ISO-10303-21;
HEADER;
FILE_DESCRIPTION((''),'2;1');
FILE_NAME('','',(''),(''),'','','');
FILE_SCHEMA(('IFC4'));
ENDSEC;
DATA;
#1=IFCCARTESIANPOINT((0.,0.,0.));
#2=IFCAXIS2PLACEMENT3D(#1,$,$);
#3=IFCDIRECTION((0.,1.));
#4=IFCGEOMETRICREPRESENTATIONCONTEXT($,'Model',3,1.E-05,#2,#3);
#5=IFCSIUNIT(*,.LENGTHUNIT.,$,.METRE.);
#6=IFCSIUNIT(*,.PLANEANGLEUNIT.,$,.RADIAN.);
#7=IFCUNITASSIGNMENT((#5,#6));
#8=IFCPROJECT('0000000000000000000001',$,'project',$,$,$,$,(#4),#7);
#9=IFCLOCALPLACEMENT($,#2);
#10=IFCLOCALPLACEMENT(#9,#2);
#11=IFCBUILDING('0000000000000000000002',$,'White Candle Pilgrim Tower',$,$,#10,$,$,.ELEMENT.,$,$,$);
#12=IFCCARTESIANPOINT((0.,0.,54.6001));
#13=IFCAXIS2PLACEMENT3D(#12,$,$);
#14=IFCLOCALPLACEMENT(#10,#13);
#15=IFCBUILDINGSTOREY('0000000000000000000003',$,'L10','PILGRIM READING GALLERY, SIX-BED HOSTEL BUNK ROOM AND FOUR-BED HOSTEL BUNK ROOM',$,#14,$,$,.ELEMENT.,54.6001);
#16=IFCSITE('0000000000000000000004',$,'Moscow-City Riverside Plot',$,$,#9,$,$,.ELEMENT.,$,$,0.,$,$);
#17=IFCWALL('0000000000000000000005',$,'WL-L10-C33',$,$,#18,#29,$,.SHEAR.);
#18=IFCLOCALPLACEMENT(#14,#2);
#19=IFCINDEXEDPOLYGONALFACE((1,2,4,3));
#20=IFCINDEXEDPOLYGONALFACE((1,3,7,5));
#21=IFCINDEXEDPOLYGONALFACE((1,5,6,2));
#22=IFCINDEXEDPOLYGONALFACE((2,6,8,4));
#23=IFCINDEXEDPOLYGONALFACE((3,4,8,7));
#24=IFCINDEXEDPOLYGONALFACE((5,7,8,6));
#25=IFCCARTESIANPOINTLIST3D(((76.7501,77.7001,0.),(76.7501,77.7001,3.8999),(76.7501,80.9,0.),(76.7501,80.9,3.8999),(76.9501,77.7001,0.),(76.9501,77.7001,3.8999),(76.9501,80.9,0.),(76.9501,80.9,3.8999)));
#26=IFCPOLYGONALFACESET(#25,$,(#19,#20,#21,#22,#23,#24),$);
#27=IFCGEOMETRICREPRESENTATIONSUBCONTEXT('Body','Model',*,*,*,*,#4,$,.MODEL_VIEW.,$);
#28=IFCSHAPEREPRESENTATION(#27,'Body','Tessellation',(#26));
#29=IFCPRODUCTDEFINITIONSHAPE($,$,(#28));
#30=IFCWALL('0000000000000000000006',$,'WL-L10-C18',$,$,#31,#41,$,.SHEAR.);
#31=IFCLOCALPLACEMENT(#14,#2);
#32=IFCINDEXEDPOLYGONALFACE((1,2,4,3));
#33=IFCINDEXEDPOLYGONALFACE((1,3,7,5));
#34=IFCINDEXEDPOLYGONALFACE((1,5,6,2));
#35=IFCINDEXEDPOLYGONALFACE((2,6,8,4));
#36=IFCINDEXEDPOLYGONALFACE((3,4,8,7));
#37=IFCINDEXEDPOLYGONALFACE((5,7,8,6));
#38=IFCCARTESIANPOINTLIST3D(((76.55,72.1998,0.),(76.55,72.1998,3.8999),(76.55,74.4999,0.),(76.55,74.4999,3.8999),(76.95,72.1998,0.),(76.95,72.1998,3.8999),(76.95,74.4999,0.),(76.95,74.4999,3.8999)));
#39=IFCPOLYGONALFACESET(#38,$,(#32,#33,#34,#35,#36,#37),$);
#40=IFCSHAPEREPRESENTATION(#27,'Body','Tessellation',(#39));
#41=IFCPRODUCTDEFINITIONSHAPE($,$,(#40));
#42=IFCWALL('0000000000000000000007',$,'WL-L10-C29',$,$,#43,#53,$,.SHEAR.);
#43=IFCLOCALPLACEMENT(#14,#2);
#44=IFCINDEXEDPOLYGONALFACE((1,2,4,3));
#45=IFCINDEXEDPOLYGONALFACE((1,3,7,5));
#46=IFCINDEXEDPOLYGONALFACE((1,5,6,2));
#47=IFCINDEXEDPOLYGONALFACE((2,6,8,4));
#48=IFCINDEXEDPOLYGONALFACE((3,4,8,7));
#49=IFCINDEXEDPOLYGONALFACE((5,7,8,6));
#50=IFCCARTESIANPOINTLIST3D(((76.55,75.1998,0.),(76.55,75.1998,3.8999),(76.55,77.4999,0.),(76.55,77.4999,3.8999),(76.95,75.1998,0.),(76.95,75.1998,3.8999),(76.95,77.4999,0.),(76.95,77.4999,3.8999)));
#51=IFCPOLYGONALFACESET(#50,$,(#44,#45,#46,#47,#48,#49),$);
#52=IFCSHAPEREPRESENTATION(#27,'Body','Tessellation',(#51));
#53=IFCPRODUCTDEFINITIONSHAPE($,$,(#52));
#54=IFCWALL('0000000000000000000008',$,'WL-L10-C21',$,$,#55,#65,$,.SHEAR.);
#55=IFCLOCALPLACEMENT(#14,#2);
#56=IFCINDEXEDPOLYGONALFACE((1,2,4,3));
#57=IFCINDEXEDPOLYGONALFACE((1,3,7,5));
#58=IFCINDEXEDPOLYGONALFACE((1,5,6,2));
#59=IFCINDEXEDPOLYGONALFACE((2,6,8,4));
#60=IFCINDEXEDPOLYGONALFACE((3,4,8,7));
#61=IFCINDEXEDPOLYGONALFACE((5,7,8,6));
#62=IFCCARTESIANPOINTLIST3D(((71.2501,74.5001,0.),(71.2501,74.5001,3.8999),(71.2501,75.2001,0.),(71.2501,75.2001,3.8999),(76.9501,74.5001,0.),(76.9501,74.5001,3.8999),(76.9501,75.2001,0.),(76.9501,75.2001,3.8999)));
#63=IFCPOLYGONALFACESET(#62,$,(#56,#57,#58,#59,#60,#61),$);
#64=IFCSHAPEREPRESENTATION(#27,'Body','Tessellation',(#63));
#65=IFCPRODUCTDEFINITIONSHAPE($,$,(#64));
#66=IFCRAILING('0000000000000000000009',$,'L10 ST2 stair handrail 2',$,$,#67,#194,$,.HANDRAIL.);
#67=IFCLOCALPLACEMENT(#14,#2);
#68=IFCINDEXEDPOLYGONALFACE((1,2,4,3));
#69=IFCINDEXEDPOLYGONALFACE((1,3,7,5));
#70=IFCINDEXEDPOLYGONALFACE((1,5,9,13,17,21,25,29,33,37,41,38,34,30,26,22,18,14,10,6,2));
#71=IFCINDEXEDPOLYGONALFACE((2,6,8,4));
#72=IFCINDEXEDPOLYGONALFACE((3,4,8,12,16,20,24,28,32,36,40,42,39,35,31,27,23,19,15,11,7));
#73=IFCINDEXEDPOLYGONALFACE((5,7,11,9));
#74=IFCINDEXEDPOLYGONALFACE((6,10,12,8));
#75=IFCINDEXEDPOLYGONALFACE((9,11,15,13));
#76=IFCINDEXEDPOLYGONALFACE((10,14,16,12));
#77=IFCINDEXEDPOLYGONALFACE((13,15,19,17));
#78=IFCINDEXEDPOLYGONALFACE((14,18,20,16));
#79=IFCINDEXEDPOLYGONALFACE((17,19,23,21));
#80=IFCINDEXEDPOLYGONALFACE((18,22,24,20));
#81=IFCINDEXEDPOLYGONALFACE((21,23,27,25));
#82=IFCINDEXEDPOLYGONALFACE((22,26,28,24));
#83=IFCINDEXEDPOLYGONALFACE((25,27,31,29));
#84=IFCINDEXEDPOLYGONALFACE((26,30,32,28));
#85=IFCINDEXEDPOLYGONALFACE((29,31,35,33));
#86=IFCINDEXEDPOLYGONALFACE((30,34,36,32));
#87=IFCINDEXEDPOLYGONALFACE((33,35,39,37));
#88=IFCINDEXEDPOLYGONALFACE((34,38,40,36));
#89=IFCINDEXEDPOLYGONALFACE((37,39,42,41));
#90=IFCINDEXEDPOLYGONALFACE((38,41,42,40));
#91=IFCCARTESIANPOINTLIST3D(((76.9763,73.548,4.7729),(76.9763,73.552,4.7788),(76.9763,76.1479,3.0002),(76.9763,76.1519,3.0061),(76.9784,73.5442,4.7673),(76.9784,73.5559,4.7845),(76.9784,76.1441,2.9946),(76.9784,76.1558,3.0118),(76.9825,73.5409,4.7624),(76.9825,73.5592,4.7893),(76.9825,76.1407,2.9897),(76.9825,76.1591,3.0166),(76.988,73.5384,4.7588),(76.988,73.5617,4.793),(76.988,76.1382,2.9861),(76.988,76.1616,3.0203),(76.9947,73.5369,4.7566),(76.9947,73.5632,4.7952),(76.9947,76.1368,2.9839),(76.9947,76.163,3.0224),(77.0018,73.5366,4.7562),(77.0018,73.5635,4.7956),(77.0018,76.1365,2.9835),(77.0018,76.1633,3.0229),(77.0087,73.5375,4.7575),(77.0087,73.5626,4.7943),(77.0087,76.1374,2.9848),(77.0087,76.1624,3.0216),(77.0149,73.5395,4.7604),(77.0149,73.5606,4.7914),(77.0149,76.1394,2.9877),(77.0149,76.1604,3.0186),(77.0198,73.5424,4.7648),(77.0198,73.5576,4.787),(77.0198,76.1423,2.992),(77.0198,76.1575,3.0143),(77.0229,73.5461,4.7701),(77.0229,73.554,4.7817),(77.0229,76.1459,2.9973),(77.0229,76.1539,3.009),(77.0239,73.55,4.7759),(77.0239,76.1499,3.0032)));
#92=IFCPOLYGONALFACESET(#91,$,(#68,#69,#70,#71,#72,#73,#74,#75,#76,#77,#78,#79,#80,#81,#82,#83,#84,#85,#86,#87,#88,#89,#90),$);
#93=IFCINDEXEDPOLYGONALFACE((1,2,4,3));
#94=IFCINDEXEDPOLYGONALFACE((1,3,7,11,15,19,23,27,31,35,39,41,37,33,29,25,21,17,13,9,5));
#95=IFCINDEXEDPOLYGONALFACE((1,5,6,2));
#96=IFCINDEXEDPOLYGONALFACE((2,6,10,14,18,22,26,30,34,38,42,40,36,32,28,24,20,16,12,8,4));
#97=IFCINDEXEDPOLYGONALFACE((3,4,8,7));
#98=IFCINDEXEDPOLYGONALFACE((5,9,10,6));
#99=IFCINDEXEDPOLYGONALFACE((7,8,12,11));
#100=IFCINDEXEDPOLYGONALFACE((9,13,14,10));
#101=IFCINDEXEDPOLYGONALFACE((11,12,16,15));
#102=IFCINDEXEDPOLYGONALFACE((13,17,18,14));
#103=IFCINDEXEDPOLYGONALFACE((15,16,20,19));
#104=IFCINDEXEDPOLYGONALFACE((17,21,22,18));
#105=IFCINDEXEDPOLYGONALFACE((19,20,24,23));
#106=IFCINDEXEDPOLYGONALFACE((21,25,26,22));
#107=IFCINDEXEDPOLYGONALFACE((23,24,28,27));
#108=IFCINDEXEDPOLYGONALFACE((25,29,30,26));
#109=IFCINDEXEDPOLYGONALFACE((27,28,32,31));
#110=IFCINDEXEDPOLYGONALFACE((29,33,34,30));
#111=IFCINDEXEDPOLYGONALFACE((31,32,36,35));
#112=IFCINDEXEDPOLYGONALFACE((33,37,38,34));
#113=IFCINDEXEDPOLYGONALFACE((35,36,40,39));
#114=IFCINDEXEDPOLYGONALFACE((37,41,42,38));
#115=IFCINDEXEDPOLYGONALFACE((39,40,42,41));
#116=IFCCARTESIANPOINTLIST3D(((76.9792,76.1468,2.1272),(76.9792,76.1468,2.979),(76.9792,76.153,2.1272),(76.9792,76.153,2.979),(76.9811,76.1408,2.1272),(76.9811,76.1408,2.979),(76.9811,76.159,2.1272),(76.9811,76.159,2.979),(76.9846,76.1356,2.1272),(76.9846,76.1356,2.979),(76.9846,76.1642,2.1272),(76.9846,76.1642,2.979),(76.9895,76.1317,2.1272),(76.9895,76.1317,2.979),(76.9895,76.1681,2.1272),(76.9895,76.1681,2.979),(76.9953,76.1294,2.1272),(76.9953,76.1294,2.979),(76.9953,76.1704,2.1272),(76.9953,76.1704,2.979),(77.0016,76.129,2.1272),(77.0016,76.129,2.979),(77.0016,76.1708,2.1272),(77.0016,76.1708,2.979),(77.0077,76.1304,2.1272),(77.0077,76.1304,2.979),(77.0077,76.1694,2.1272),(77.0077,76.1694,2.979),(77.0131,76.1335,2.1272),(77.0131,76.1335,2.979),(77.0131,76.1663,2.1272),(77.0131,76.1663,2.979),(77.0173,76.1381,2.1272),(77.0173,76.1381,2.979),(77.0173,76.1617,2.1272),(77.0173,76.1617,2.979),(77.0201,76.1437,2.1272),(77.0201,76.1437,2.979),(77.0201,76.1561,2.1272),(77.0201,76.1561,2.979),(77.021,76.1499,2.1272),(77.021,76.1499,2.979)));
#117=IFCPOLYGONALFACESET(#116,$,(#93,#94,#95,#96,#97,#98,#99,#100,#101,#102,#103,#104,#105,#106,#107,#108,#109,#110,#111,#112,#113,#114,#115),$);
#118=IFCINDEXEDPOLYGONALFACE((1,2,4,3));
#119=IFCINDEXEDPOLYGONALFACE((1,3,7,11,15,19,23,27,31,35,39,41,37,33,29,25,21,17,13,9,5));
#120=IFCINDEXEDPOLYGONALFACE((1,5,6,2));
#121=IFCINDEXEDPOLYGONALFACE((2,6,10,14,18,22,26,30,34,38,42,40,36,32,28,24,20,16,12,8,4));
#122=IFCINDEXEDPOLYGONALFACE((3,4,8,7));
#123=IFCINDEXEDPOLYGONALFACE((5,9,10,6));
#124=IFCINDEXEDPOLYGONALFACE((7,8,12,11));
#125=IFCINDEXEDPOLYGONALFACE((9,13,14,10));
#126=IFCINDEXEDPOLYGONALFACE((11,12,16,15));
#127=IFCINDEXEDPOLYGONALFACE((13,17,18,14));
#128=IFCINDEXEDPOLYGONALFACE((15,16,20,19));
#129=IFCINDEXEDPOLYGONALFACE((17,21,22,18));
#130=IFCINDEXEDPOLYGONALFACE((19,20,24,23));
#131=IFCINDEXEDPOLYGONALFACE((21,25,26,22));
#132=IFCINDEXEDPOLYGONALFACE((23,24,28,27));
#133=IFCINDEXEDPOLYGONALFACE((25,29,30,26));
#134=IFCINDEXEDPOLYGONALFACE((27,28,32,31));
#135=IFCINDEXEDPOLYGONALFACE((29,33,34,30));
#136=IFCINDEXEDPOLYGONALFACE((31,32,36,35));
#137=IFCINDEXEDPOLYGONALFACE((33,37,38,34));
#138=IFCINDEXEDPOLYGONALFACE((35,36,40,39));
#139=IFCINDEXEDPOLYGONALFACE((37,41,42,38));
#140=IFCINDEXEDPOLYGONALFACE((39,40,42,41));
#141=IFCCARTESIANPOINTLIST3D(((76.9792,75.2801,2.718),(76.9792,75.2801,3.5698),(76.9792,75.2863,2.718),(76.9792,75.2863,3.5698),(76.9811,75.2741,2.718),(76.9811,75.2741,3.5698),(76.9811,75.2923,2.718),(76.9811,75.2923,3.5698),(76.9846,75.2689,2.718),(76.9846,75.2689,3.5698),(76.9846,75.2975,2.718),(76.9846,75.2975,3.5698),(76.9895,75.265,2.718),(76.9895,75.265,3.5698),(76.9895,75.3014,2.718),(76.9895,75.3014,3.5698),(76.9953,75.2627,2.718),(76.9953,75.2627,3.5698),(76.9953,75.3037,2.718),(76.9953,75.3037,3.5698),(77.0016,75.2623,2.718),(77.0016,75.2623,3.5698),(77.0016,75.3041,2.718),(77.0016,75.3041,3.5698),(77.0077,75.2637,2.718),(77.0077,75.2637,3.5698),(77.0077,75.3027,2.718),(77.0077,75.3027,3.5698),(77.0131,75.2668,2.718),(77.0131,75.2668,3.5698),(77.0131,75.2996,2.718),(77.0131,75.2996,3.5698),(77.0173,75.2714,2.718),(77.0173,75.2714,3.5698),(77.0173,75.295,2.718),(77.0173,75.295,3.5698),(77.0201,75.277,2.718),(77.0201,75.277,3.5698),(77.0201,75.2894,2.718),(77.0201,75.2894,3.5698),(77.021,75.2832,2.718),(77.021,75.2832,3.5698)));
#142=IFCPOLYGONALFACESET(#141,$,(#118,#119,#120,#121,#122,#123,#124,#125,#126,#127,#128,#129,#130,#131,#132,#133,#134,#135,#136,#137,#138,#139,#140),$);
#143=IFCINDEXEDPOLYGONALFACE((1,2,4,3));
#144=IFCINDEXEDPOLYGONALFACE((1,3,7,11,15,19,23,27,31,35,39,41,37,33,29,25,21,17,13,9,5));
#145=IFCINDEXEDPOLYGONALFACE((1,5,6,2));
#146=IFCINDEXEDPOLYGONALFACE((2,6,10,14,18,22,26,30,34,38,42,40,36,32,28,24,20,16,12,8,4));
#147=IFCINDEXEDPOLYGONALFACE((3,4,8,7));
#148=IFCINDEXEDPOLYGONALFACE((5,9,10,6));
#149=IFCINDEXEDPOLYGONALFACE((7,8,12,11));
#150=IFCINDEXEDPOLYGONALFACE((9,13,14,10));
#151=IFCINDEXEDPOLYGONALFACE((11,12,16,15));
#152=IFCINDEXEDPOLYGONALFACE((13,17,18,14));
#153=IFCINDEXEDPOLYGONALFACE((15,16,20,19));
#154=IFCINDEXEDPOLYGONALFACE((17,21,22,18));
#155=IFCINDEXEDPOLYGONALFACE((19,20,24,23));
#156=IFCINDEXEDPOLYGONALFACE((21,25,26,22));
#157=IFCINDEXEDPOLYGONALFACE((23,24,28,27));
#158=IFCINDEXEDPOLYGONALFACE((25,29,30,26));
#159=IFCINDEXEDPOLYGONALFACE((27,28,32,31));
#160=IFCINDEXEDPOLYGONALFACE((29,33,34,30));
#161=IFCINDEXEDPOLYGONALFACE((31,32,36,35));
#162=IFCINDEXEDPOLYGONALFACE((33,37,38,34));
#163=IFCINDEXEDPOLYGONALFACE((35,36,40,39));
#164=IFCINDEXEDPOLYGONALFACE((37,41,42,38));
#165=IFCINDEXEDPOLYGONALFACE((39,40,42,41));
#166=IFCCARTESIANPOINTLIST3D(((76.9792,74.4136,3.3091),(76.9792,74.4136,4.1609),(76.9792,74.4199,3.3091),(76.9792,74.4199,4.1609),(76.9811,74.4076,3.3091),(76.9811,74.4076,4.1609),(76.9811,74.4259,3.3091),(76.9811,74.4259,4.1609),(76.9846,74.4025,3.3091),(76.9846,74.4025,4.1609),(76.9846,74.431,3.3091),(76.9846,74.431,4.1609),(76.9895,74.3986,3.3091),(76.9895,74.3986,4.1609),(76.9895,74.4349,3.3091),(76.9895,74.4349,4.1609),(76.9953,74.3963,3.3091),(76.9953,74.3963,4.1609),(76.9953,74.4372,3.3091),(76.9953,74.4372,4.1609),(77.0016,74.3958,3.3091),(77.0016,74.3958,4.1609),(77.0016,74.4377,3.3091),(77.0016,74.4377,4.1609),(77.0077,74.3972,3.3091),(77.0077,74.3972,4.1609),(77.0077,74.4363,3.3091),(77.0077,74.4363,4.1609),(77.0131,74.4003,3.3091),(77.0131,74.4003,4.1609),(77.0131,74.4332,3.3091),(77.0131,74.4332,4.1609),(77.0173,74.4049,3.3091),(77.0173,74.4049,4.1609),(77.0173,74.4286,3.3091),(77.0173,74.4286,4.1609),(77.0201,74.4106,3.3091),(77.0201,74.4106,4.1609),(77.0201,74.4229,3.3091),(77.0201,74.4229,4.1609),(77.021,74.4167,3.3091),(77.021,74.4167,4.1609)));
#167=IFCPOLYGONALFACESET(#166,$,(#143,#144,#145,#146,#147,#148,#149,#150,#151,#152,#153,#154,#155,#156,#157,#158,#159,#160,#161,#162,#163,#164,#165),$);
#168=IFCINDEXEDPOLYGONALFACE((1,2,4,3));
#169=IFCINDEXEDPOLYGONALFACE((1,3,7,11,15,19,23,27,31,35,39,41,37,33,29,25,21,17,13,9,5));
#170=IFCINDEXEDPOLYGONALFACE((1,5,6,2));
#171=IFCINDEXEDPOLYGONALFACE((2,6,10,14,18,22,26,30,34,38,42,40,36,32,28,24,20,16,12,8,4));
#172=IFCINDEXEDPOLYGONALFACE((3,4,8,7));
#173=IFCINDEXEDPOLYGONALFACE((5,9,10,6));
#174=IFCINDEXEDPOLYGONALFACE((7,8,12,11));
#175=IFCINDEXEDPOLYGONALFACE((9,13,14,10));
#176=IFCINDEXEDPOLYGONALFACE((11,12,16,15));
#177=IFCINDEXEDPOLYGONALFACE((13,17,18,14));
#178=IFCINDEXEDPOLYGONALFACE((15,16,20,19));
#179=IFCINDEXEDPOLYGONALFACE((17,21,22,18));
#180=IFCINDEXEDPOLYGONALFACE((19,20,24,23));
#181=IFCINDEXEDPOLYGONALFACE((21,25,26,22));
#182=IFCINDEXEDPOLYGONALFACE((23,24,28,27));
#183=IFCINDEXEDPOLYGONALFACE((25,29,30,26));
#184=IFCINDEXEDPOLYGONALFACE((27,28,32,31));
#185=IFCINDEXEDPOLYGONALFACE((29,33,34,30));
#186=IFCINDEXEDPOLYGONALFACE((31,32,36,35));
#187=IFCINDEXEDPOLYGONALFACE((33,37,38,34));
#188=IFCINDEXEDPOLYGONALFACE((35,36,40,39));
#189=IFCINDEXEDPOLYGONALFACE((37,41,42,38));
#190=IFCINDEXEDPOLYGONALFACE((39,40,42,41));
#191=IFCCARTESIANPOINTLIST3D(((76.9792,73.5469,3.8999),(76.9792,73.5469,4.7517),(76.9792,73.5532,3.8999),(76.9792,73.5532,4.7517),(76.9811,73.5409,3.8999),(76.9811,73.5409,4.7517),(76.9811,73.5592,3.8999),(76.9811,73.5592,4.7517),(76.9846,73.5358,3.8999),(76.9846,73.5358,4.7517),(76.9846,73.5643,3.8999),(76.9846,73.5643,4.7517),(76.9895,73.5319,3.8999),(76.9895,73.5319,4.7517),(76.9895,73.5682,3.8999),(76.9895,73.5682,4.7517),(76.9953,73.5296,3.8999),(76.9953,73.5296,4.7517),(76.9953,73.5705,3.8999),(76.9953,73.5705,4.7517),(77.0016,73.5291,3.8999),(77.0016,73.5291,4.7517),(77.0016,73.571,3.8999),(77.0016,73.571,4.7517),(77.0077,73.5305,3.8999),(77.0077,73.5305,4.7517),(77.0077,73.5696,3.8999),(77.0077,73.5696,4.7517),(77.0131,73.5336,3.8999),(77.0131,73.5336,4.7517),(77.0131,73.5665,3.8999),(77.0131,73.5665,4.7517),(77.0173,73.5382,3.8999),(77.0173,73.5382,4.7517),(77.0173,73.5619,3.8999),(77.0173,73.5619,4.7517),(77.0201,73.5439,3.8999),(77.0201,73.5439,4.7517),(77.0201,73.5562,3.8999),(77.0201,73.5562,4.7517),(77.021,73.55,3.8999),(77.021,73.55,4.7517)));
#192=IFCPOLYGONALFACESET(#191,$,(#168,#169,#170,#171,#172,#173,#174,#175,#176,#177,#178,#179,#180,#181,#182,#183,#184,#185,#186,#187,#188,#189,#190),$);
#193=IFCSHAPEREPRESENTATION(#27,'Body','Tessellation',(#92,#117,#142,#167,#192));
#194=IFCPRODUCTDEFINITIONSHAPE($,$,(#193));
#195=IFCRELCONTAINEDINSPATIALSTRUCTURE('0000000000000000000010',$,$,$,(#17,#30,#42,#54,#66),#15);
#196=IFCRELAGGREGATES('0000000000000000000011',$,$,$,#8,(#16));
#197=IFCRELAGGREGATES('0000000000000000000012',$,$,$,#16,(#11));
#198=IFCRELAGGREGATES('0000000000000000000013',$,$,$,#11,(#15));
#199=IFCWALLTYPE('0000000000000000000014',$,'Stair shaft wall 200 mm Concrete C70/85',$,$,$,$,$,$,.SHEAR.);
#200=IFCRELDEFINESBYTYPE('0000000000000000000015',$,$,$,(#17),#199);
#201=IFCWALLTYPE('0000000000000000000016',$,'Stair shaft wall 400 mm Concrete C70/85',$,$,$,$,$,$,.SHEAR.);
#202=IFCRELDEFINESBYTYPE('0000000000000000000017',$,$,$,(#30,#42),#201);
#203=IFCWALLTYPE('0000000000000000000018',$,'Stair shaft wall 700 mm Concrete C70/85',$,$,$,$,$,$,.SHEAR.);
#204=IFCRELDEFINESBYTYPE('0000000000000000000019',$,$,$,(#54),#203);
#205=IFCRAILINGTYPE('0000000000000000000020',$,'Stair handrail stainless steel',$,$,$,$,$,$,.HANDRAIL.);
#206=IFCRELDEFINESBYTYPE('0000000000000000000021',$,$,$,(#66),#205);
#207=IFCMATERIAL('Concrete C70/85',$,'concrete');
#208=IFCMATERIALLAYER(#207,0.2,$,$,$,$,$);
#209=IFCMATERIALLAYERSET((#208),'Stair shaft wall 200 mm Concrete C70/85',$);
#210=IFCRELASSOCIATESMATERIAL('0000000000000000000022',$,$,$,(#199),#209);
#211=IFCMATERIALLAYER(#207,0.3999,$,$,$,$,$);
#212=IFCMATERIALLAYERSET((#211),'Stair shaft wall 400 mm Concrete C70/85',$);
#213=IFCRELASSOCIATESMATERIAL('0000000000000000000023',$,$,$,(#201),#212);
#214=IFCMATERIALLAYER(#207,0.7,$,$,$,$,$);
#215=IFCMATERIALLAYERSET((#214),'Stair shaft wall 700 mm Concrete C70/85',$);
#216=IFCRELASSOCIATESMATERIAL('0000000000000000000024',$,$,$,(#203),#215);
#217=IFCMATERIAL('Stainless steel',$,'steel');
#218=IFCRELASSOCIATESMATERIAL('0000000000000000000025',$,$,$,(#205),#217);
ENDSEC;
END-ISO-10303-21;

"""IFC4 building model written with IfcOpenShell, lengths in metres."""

from ifc_helpers import new_model, si_unit, direction, frame, frame_2d, origin, origin_2d, place, context, subcontext, project, spatial, rectangle, circle, extrude, material, layer, layer_set, type_object, element, save


model = new_model("IFC4")

# Units and contexts
model_context = context("Model", 3, precision=1e-05, world=origin(), true_north=direction((0.0, 1.0)))
body_context = subcontext(model_context, "Body", "Model", "MODEL_VIEW")
ifc_project = project(units=[si_unit("LENGTHUNIT", "METRE"), si_unit("PLANEANGLEUNIT", "RADIAN")], contexts=[model_context])

# Site, building, storey
site_placement = place(None, origin())
site = spatial("IfcSite", under=ifc_project, at=site_placement, Name="Moscow-City Riverside Plot", CompositionType="ELEMENT", RefElevation=0.0)
building_placement = place(site_placement, origin())
building = spatial("IfcBuilding", under=site, at=building_placement, Name="White Candle Pilgrim Tower", CompositionType="ELEMENT")
storey_placement = place(building_placement, frame((0.0, 0.0, 54.6001)))
storey = spatial("IfcBuildingStorey", under=building, at=storey_placement, Name="L10", Description="PILGRIM READING GALLERY, SIX-BED HOSTEL BUNK ROOM AND FOUR-BED HOSTEL BUNK ROOM", CompositionType="ELEMENT", Elevation=54.6001)

# Shared definitions
ifc_material_1 = material(Name="Concrete C70/85", Category="concrete")

# Shared definitions
ifc_layer_1 = layer(ifc_material_1, 0.2)
ifc_layer_set_1 = layer_set([ifc_layer_1], Name="Stair shaft wall 200 mm Concrete C70/85")
wall_type_1 = type_object("IfcWallType", Name="Stair shaft wall 200 mm Concrete C70/85", PredefinedType="SHEAR", material=ifc_layer_set_1)

# Walls
wall_1_placement = place(storey_placement, frame((76.8501, 77.7, 0.0), z_axis=(0.0, 0.0, 1.0), x_axis=(0.0, 1.0, 0.0)))
element("IfcWall", 1, at=wall_1_placement, inside=storey, type_object=wall_type_1, Name="WL-L10-C33", PredefinedType="SHEAR", context=body_context, shape_type="SweptSolid", body=[
    extrude(rectangle(XDim=3.2, YDim=0.2, at=frame_2d((1.6001, 0.0))), origin(), (0.0, 0.0, 1.0), 3.8999),
])
ifc_layer_2 = layer(ifc_material_1, 0.3999)
ifc_layer_set_2 = layer_set([ifc_layer_2], Name="Stair shaft wall 400 mm Concrete C70/85")
wall_type_2 = type_object("IfcWallType", Name="Stair shaft wall 400 mm Concrete C70/85", PredefinedType="SHEAR", material=ifc_layer_set_2)
for number, where, z_axis, x_axis, name in (
    (2, (76.75, 72.2, 0.0), (0.0, 0.0, 1.0), (0.0, 1.0, 0.0), "WL-L10-C18"),
    (3, (76.75, 75.2, 0.0), (0.0, 0.0, 1.0), (0.0, 1.0, 0.0), "WL-L10-C29"),
):
    element("IfcWall", number, at=place(storey_placement, frame(where, z_axis=z_axis, x_axis=x_axis)), inside=storey, type_object=wall_type_2, Name=name, PredefinedType="SHEAR", context=body_context, shape_type="SweptSolid", body=[
        extrude(rectangle(XDim=2.3, YDim=0.3999, at=frame_2d((1.1499, 0.0))), origin(), (0.0, 0.0, 1.0), 3.8999),
    ])
ifc_layer_3 = layer(ifc_material_1, 0.7)
ifc_layer_set_3 = layer_set([ifc_layer_3], Name="Stair shaft wall 700 mm Concrete C70/85")
wall_type_3 = type_object("IfcWallType", Name="Stair shaft wall 700 mm Concrete C70/85", PredefinedType="SHEAR", material=ifc_layer_set_3)
wall_2_placement = place(storey_placement, frame((71.25, 74.8501, 0.0), z_axis=(0.0, 0.0, 1.0), x_axis=(1.0, 0.0, 0.0)))
element("IfcWall", 4, at=wall_2_placement, inside=storey, type_object=wall_type_3, Name="WL-L10-C21", PredefinedType="SHEAR", context=body_context, shape_type="SweptSolid", body=[
    extrude(rectangle(XDim=5.7, YDim=0.7, at=frame_2d((2.8501, 0.0))), origin(), (0.0, 0.0, 1.0), 3.8999),
])

# Railing
ifc_material_2 = material(Name="Stainless steel", Category="steel")
railing_type = type_object("IfcRailingType", Name="Stair handrail stainless steel", PredefinedType="HANDRAIL", material=ifc_material_2)
railing_placement = place(storey_placement, frame((77.0, 76.1499, 2.1272)))
element("IfcRailing", 5, at=railing_placement, inside=storey, type_object=railing_type, Name="L10 ST2 stair handrail 2", PredefinedType="HANDRAIL", context=body_context, shape_type="SweptSolid", body=[
    extrude(circle(Radius=0.0239, at=origin_2d()), frame((0.0, 0.0, 0.876), z_axis=(0.0, -0.826216, 0.563354), x_axis=(1.0, 0.0, 0.0)), (0.0, 0.0, 1.0), 3.1467),
    extrude(circle(Radius=0.021, at=origin_2d()), origin(), (0.0, 0.0, 1.0), 0.8518),
    extrude(circle(Radius=0.021, at=origin_2d()), frame((0.0, -0.8667, 0.5908)), (0.0, 0.0, 1.0), 0.8518),
    extrude(circle(Radius=0.021, at=origin_2d()), frame((0.0, -1.7332, 1.1819)), (0.0, 0.0, 1.0), 0.8518),
    extrude(circle(Radius=0.021, at=origin_2d()), frame((0.0, -2.5999, 1.7727)), (0.0, 0.0, 1.0), 0.8518),
])

save(model, "model.ifc")
